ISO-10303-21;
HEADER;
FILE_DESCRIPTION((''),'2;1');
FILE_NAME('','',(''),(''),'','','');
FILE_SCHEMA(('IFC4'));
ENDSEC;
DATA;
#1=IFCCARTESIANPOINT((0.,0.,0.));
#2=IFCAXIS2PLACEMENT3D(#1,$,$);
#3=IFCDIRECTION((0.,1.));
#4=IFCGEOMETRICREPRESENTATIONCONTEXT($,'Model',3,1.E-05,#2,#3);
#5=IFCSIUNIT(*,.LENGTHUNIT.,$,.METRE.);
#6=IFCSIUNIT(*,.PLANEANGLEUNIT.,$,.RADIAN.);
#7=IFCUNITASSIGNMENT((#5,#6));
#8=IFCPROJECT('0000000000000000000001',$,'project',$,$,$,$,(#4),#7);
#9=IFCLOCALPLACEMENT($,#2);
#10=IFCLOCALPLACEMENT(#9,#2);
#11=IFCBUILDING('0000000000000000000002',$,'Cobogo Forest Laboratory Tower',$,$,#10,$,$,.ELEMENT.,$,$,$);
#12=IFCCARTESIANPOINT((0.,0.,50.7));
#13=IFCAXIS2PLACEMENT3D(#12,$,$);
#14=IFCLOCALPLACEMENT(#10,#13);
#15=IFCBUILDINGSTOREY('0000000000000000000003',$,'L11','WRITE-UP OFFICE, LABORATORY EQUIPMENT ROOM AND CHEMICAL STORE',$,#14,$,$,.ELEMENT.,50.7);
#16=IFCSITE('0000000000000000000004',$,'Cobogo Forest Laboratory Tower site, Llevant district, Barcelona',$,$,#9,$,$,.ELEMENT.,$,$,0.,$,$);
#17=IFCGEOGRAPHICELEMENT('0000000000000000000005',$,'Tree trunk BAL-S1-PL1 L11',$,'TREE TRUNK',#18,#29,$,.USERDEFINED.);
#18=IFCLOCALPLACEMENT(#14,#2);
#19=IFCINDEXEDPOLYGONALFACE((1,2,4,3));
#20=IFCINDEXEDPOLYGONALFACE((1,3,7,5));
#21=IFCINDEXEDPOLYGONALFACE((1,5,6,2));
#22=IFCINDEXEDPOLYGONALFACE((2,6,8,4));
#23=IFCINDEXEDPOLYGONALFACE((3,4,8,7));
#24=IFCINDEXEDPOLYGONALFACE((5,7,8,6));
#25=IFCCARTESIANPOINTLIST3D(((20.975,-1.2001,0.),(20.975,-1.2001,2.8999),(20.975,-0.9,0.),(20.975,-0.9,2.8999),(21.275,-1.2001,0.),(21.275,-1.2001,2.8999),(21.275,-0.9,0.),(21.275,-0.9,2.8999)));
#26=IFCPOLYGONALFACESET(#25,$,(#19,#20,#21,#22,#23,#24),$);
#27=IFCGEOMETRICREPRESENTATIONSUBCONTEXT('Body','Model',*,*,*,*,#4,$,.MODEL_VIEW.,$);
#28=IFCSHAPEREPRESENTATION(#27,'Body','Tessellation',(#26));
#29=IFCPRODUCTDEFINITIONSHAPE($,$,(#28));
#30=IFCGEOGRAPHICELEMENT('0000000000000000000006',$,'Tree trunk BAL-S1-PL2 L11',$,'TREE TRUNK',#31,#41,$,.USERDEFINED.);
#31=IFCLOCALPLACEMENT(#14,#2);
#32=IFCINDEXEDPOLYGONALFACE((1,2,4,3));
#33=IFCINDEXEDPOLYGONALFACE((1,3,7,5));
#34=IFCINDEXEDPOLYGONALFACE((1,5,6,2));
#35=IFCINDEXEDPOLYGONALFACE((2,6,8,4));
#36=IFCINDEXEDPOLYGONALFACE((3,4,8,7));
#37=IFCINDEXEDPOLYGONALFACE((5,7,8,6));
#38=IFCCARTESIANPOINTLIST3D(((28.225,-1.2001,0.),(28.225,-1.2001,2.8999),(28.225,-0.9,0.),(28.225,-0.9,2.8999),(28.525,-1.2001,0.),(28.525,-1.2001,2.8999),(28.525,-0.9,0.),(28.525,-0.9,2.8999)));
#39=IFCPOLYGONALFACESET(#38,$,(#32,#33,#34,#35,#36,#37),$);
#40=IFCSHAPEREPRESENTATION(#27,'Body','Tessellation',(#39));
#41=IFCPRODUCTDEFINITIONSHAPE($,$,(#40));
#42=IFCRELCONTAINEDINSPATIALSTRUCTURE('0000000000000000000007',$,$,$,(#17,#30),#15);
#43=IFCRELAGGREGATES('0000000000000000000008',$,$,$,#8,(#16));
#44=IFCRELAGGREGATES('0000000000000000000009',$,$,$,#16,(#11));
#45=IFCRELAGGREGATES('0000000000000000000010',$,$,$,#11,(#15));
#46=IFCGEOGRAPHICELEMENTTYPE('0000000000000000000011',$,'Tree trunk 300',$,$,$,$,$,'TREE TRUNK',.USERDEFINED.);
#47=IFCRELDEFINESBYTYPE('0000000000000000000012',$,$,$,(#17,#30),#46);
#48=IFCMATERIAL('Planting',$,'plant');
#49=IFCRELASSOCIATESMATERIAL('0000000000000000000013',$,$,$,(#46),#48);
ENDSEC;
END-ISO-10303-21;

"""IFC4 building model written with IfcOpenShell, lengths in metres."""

from ifc_helpers import new_model, si_unit, direction, frame, origin, origin_2d, place, context, subcontext, project, spatial, rectangle, extrude, material, type_object, element, save


model = new_model("IFC4")

# Units and contexts
model_context = context("Model", 3, precision=1e-05, world=origin(), true_north=direction((0.0, 1.0)))
body_context = subcontext(model_context, "Body", "Model", "MODEL_VIEW")
ifc_project = project(units=[si_unit("LENGTHUNIT", "METRE"), si_unit("PLANEANGLEUNIT", "RADIAN")], contexts=[model_context])

# Site, building, storey
site_placement = place(None, origin())
site = spatial("IfcSite", under=ifc_project, at=site_placement, Name="Cobogo Forest Laboratory Tower site, Llevant district, Barcelona", CompositionType="ELEMENT", RefElevation=0.0)
building_placement = place(site_placement, origin())
building = spatial("IfcBuilding", under=site, at=building_placement, Name="Cobogo Forest Laboratory Tower", CompositionType="ELEMENT")
storey_placement = place(building_placement, frame((0.0, 0.0, 50.7)))
storey = spatial("IfcBuildingStorey", under=building, at=storey_placement, Name="L11", Description="WRITE-UP OFFICE, LABORATORY EQUIPMENT ROOM AND CHEMICAL STORE", CompositionType="ELEMENT", Elevation=50.7)

# Geographic elements
ifc_material_1 = material(Name="Planting", Category="plant")
geographic_element_type = type_object("IfcGeographicElementType", Name="Tree trunk 300", ElementType="TREE TRUNK", PredefinedType="USERDEFINED", material=ifc_material_1)
for number, where, z_axis, x_axis, name in (
    (1, (21.125, -1.05, 0.0), (0.0, 0.0, 1.0), (1.0, 0.0, 0.0), "Tree trunk BAL-S1-PL1 L11"),
    (2, (28.375, -1.05, 0.0), (0.0, 0.0, 1.0), (1.0, 0.0, 0.0), "Tree trunk BAL-S1-PL2 L11"),
):
    element("IfcGeographicElement", number, at=place(storey_placement, frame(where, z_axis=z_axis, x_axis=x_axis)), inside=storey, type_object=geographic_element_type, Name=name, ObjectType="TREE TRUNK", PredefinedType="USERDEFINED", context=body_context, shape_type="SweptSolid", body=[
        extrude(rectangle(XDim=0.3, YDim=0.3, at=origin_2d()), origin(), (0.0, 0.0, 1.0), 2.8999),
    ])

save(model, "model.ifc")
